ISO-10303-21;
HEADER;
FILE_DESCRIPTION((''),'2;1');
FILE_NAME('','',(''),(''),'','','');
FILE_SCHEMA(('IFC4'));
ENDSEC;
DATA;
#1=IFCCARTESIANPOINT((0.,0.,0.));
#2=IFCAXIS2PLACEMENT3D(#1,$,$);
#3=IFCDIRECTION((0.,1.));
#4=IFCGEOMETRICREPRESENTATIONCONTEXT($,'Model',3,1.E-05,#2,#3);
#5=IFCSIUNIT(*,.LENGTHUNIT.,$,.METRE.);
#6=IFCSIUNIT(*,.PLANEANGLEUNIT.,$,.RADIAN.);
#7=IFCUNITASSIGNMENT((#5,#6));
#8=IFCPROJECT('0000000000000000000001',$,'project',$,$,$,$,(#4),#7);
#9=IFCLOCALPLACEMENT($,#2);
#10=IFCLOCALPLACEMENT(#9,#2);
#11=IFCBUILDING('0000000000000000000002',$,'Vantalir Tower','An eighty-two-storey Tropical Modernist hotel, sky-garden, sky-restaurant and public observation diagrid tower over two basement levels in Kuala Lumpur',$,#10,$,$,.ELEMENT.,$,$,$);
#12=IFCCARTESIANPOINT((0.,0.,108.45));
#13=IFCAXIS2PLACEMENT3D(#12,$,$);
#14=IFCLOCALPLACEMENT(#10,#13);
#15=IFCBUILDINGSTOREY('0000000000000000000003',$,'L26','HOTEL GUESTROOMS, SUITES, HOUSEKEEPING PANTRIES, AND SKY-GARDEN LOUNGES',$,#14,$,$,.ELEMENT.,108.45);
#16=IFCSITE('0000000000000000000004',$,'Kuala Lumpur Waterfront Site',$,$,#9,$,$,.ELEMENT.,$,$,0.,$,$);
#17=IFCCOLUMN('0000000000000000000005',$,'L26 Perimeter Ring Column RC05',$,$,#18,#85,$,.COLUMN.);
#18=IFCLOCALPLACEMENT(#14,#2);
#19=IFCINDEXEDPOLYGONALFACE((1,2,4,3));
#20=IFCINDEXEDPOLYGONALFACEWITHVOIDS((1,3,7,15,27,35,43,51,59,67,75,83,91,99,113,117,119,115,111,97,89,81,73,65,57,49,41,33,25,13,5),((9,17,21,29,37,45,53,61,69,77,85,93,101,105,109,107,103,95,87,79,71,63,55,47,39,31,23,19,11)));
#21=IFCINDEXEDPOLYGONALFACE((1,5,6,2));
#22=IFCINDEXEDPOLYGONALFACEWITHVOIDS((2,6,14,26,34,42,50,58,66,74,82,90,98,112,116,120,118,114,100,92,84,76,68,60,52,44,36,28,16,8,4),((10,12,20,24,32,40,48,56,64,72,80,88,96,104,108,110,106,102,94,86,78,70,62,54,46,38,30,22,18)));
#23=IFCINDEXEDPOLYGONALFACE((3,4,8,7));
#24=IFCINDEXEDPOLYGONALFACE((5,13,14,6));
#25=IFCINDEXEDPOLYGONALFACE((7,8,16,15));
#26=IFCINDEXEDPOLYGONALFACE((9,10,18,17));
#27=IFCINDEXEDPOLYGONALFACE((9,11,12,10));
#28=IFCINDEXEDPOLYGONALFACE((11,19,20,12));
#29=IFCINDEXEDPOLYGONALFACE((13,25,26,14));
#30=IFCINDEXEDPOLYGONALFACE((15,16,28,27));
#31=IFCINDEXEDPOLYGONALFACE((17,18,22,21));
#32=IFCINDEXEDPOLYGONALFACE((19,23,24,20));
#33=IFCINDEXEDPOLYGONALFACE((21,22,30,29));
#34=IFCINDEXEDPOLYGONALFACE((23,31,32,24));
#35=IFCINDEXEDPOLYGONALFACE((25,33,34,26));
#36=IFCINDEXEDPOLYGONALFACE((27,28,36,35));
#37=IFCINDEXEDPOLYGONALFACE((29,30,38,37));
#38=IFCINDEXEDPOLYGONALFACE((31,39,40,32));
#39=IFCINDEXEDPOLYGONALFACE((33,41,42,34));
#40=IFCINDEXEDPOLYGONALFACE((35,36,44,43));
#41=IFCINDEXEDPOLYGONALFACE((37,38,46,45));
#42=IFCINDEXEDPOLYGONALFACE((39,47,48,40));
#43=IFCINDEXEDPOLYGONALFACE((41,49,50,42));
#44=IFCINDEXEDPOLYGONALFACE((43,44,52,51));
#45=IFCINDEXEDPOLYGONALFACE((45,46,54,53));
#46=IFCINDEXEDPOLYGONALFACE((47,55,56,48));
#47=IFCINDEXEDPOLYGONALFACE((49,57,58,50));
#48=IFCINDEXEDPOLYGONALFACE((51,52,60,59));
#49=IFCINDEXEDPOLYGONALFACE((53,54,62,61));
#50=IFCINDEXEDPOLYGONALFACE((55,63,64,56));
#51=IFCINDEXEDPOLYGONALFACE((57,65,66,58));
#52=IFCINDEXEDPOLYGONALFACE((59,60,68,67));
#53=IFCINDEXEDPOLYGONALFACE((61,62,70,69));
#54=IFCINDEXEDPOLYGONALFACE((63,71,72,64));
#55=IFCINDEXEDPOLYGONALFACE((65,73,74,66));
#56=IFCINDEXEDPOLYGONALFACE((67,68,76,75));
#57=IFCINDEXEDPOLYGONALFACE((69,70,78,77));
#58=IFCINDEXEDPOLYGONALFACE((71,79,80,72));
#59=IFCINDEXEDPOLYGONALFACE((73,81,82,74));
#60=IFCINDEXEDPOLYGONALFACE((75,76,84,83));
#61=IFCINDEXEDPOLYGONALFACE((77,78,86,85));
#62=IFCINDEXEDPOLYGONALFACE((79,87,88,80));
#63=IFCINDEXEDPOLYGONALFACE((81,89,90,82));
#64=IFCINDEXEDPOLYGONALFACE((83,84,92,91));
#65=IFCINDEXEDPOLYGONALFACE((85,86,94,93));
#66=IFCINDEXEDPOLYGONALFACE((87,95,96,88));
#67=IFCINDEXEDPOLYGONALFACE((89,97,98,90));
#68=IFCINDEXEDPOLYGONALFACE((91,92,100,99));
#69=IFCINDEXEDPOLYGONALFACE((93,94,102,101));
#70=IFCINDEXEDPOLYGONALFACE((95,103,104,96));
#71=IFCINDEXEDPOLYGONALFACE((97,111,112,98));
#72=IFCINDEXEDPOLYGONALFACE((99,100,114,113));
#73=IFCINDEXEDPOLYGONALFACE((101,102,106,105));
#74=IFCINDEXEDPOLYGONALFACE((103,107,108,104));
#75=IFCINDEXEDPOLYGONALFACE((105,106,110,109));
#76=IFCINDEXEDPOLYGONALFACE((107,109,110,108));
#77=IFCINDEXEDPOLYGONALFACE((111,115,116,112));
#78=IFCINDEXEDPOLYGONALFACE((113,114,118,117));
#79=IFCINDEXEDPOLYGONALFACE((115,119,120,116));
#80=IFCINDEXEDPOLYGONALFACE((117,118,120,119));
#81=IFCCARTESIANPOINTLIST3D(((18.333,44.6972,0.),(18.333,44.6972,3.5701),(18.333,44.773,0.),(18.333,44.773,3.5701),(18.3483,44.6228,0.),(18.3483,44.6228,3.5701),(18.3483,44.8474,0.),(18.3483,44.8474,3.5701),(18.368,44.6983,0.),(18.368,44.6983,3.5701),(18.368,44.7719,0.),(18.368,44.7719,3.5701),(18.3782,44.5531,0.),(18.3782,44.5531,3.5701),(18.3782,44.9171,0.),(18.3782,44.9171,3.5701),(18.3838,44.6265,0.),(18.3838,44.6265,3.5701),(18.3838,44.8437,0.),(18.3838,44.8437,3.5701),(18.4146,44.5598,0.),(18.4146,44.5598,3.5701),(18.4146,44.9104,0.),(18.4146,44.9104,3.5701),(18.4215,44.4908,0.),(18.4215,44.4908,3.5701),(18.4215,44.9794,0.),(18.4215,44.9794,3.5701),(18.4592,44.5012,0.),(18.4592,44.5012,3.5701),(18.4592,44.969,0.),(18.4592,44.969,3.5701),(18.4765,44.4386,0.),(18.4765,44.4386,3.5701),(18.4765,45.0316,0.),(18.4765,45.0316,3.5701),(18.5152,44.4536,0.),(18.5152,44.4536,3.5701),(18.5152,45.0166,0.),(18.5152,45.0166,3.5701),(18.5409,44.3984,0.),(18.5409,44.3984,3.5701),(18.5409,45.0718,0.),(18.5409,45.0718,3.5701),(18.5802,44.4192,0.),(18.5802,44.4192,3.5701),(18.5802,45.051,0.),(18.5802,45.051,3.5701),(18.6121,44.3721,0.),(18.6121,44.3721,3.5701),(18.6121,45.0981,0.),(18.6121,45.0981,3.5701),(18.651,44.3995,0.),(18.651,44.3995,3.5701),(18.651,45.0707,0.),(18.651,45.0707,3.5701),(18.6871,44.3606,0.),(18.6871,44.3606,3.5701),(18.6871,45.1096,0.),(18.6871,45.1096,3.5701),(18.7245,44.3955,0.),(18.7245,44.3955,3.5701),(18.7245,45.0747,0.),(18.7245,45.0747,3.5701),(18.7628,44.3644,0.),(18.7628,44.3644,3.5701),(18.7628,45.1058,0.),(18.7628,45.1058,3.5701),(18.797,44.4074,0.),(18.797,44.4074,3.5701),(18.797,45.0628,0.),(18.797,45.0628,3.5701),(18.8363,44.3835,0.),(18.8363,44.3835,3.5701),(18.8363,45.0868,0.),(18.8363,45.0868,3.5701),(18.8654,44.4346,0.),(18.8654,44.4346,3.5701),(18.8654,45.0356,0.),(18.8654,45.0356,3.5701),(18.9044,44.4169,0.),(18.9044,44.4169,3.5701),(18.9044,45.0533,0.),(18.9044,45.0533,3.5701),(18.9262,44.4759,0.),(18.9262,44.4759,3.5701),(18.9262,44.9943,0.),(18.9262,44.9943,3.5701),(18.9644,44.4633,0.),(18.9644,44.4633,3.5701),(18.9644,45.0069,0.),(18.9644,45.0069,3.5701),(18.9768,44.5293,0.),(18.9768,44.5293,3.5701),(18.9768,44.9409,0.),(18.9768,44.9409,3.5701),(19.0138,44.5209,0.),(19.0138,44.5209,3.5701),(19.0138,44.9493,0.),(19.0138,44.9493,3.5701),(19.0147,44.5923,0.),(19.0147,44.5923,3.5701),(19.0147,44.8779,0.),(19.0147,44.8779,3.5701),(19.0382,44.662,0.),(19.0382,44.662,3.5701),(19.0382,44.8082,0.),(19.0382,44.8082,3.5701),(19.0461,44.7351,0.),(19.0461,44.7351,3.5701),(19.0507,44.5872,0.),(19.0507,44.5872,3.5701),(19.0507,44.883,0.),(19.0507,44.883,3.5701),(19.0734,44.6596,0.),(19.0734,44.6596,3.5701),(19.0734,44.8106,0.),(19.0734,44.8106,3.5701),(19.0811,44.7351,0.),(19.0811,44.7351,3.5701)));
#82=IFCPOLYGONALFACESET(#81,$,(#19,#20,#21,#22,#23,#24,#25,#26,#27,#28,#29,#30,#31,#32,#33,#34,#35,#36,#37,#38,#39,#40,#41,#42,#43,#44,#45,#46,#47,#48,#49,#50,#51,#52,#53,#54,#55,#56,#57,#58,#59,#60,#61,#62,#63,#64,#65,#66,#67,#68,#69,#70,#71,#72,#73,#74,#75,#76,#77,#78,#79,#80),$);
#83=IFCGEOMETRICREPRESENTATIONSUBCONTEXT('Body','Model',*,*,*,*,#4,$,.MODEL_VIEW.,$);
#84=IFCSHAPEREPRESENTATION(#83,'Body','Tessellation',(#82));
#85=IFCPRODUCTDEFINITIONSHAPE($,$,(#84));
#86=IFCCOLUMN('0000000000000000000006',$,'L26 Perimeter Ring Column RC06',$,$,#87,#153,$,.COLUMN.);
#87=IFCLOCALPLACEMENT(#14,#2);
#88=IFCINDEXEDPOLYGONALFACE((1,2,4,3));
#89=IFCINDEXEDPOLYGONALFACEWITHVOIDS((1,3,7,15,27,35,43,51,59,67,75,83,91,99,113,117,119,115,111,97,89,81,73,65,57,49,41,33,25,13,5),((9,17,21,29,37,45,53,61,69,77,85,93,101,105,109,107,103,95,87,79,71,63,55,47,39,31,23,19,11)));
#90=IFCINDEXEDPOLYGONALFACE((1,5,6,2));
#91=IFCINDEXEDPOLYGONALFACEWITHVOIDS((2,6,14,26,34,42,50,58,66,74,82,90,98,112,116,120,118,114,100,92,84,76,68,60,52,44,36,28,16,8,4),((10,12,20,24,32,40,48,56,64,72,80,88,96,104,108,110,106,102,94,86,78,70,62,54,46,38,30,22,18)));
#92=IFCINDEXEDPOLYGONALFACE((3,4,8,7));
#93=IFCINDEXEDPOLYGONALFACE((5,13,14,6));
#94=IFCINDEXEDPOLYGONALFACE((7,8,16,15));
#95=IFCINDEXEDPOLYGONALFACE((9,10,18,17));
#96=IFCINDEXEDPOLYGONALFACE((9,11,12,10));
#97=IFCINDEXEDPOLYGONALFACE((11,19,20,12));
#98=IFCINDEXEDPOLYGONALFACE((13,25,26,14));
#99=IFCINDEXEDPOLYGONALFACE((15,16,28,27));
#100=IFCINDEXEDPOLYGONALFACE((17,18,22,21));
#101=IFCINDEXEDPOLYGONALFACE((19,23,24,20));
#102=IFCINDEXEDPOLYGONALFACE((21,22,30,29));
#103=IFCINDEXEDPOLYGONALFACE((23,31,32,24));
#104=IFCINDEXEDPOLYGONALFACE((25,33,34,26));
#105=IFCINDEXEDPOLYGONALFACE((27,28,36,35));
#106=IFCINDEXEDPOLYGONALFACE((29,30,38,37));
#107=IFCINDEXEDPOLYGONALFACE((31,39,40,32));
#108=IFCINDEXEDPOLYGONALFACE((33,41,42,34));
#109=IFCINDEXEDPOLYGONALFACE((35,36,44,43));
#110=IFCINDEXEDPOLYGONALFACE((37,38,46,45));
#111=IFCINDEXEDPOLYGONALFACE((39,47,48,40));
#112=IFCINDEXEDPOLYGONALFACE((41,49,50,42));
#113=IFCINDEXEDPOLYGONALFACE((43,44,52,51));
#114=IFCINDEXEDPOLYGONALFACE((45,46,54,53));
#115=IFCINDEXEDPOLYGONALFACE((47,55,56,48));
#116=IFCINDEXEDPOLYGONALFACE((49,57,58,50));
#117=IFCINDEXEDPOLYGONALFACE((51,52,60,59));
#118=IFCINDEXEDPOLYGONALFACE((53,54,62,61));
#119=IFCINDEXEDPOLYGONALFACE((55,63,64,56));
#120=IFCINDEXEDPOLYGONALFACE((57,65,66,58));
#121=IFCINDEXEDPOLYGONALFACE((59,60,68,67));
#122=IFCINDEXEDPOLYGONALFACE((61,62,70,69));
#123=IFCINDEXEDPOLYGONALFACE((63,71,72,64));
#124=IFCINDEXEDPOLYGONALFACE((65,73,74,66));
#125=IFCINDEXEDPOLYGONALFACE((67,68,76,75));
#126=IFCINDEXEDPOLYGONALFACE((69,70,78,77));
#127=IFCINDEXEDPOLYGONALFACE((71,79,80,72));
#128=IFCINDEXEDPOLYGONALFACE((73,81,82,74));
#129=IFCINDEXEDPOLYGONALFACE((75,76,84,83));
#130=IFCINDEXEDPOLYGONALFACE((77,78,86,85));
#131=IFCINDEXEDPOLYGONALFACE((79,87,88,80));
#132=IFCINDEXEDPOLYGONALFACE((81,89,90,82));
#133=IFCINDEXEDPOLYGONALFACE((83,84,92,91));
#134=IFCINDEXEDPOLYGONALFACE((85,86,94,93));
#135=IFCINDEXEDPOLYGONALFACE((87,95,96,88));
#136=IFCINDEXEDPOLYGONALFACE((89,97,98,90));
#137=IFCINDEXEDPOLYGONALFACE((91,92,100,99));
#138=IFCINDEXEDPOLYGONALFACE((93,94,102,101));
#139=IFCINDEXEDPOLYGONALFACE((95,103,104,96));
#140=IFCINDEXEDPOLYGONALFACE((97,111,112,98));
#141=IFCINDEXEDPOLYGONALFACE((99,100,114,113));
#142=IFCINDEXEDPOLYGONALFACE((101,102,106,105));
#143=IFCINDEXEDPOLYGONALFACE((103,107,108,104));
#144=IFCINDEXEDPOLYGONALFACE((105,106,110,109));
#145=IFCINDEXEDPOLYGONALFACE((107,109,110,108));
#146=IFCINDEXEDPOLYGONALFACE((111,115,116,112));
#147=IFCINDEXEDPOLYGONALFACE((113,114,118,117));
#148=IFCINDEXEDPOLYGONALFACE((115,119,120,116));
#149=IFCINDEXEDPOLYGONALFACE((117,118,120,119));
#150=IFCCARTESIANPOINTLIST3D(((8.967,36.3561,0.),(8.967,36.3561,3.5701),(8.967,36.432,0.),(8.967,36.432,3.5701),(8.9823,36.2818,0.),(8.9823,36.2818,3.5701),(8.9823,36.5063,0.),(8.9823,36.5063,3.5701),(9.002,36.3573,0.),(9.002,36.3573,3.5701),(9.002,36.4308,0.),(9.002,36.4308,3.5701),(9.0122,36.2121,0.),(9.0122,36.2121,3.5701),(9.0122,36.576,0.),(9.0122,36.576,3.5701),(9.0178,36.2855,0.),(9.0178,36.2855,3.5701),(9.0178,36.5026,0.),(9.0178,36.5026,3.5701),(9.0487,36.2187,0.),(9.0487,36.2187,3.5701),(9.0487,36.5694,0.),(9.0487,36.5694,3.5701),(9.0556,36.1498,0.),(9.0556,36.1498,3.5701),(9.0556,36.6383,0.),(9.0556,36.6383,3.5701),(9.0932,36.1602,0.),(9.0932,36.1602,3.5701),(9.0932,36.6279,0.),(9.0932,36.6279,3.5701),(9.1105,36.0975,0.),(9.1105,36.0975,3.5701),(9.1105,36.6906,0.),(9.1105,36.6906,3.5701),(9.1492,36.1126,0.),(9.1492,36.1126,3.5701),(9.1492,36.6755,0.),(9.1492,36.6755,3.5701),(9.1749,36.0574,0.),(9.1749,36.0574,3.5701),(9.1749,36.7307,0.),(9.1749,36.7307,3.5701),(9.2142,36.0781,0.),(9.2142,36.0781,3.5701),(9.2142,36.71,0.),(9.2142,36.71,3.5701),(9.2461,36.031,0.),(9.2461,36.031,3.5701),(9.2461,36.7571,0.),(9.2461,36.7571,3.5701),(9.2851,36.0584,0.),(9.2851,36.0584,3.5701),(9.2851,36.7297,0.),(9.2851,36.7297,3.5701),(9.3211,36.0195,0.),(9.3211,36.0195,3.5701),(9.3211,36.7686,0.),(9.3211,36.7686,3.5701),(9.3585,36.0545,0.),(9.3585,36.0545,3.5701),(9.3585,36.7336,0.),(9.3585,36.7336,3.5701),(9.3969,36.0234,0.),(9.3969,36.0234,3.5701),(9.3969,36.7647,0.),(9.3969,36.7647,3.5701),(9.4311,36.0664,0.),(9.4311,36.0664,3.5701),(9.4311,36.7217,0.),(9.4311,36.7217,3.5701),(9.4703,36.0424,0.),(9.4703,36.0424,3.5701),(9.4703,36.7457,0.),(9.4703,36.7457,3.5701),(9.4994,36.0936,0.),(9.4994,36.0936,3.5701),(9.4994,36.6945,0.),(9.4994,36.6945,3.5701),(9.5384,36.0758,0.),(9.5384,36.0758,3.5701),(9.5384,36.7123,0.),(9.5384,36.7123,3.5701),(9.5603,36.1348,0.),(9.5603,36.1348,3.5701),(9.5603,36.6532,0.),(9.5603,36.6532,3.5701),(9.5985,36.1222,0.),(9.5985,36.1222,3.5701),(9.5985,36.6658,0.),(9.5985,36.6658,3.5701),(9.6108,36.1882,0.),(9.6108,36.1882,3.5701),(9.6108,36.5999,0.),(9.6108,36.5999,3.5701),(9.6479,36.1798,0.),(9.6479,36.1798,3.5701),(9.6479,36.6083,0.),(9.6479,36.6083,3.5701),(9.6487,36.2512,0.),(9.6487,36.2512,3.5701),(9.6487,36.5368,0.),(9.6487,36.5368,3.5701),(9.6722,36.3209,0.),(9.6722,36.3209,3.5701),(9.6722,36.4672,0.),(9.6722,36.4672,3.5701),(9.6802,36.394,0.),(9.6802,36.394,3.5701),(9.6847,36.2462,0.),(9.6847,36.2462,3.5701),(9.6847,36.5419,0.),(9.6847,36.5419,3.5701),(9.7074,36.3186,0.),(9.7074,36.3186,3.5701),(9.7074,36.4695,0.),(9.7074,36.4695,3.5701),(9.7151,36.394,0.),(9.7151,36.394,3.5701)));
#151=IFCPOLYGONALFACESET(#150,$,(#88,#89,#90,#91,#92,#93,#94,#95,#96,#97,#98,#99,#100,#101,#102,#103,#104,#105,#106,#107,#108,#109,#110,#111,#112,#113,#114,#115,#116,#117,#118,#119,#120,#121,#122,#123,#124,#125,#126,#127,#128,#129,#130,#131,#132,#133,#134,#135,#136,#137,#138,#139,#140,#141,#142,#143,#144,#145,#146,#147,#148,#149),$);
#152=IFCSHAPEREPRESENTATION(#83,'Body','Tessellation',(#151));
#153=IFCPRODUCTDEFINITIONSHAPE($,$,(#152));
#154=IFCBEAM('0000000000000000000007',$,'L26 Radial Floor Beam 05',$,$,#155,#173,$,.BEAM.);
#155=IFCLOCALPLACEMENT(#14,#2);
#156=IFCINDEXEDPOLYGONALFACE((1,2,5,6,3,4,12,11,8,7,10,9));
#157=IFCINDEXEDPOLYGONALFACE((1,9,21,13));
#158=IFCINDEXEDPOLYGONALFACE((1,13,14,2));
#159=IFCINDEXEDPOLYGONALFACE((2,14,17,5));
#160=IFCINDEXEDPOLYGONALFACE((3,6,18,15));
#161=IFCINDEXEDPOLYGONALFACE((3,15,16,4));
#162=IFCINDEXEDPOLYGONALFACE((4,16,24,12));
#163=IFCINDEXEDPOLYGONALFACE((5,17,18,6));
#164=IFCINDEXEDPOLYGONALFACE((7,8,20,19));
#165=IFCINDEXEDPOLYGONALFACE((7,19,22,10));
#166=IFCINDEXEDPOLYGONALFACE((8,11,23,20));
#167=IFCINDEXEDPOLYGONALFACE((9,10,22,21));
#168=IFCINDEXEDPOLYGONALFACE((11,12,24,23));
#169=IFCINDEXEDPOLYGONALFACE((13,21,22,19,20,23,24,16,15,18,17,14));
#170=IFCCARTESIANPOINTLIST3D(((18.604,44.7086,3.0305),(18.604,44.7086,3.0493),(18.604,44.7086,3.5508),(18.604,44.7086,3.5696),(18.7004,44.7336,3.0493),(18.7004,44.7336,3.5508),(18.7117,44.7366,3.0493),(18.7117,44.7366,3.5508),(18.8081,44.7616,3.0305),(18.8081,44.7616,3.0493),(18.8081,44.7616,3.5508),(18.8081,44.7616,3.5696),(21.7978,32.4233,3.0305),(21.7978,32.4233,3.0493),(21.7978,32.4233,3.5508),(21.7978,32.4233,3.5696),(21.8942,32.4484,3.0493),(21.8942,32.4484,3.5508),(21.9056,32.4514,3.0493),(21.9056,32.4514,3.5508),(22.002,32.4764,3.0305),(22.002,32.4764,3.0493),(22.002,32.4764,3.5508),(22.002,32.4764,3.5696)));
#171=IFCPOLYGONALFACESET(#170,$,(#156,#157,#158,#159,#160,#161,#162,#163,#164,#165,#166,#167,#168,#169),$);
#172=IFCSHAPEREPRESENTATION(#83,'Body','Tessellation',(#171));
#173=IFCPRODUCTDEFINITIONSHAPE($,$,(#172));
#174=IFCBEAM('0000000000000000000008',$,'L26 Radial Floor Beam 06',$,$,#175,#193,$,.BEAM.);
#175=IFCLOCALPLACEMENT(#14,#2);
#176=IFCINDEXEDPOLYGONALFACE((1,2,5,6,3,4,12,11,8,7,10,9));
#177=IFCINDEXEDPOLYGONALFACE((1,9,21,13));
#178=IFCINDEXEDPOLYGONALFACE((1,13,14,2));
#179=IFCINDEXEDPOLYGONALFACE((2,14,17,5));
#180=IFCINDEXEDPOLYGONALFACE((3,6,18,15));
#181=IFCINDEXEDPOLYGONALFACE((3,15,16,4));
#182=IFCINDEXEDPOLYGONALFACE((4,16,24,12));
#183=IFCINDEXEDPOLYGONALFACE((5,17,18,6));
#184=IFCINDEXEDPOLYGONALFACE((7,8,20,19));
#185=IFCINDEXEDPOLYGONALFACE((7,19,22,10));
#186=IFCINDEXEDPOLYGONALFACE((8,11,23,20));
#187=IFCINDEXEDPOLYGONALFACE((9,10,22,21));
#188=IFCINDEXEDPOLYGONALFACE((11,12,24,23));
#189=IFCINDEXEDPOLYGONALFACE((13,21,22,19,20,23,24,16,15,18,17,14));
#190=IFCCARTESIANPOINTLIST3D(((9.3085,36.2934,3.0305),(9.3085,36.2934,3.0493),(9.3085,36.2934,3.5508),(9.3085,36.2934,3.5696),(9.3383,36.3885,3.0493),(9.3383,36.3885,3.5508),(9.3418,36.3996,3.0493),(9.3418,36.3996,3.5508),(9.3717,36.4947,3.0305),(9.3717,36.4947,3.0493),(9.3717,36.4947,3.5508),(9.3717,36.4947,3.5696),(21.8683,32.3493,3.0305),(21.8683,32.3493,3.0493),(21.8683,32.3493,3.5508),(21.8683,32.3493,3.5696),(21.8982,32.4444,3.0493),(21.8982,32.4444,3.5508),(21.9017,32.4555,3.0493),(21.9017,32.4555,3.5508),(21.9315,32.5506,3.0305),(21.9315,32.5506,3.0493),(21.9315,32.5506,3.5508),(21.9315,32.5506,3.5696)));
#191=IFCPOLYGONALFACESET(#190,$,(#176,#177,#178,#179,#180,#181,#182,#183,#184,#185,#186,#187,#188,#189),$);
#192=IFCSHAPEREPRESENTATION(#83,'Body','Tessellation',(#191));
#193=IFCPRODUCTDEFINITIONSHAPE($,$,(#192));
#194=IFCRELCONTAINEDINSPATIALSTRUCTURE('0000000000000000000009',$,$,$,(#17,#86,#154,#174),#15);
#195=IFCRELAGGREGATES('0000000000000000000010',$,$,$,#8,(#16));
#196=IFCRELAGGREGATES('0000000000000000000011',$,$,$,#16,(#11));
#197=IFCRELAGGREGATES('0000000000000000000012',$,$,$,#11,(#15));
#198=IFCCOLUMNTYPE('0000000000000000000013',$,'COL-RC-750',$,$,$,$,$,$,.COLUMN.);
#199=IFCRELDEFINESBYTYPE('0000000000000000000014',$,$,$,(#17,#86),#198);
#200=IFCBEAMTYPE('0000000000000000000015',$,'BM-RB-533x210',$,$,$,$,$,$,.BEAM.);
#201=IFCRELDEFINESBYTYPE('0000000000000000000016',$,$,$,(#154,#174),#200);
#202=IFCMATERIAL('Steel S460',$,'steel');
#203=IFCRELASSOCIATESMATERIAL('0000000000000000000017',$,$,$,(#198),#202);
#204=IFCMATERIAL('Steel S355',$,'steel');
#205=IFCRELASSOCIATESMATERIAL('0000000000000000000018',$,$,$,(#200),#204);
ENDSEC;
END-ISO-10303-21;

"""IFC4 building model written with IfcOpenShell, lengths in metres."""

from ifc_helpers import new_model, si_unit, direction, frame, origin, origin_2d, place, context, subcontext, project, spatial, hollow_circle, i_section, extrude, material, material_profile, profile_set, type_object, element, save


model = new_model("IFC4")

# Units and contexts
model_context = context("Model", 3, precision=1e-05, world=origin(), true_north=direction((0.0, 1.0)))
body_context = subcontext(model_context, "Body", "Model", "MODEL_VIEW")
ifc_project = project(units=[si_unit("LENGTHUNIT", "METRE"), si_unit("PLANEANGLEUNIT", "RADIAN")], contexts=[model_context])

# Site, building, storey
site_placement = place(None, origin())
site = spatial("IfcSite", under=ifc_project, at=site_placement, Name="Kuala Lumpur Waterfront Site", CompositionType="ELEMENT", RefElevation=0.0)
building_placement = place(site_placement, origin())
building = spatial("IfcBuilding", under=site, at=building_placement, Name="Vantalir Tower", Description="An eighty-two-storey Tropical Modernist hotel, sky-garden, sky-restaurant and public observation diagrid tower over two basement levels in Kuala Lumpur", CompositionType="ELEMENT")
storey_placement = place(building_placement, frame((0.0, 0.0, 108.45)))
storey = spatial("IfcBuildingStorey", under=building, at=storey_placement, Name="L26", Description="HOTEL GUESTROOMS, SUITES, HOUSEKEEPING PANTRIES, AND SKY-GARDEN LOUNGES", CompositionType="ELEMENT", Elevation=108.45)

# Columns
ifc_material_1 = material(Name="Steel S460", Category="steel")
ifc_material_profile_1 = material_profile(ifc_material_1, hollow_circle(Radius=0.375, WallThickness=0.0349, at=origin_2d()), Name="Steel S460")
ifc_profile_set_1 = profile_set([ifc_material_profile_1], Name="Steel S460")
column_type = type_object("IfcColumnType", Name="COL-RC-750", PredefinedType="COLUMN", material=ifc_profile_set_1)
for number, where, z_axis, x_axis, name in (
    (1, (18.7061, 44.7351, 0.0), (0.0, 0.0, 1.0), (1.0, 0.0, 0.0), "L26 Perimeter Ring Column RC05"),
    (2, (9.3401, 36.394, 0.0), (0.0, 0.0, 1.0), (1.0, 0.0, 0.0), "L26 Perimeter Ring Column RC06"),
):
    element("IfcColumn", number, at=place(storey_placement, frame(where, z_axis=z_axis, x_axis=x_axis)), inside=storey, type_object=column_type, Name=name, PredefinedType="COLUMN", context=body_context, shape_type="SweptSolid", body=[
        extrude(hollow_circle(Radius=0.375, WallThickness=0.0349, at=origin_2d()), origin(), (0.0, 0.0, 1.0), 3.5701),
    ])

# Beams
ifc_material_2 = material(Name="Steel S355", Category="steel")
ifc_material_profile_2 = material_profile(ifc_material_2, i_section(OverallWidth=0.2109, OverallDepth=0.5391, WebThickness=0.0117, FlangeThickness=0.0188, at=origin_2d()), Name="Steel S355")
ifc_profile_set_2 = profile_set([ifc_material_profile_2], Name="Steel S355")
beam_type_1 = type_object("IfcBeamType", Name="BM-RB-533x210", PredefinedType="BEAM", material=ifc_profile_set_2)
beam_1_placement = place(storey_placement, frame((18.7061, 44.7351, 3.3), z_axis=(0.251612, -0.967828, 0.0), x_axis=(0.967828, 0.251612, 0.0)))
element("IfcBeam", 3, at=beam_1_placement, inside=storey, type_object=beam_type_1, Name="L26 Radial Floor Beam 05", PredefinedType="BEAM", context=body_context, shape_type="SweptSolid", body=[
    extrude(i_section(OverallWidth=0.2109, OverallDepth=0.5391, WebThickness=0.0117, FlangeThickness=0.0188, at=origin_2d()), origin(), (0.0, 0.0, 1.0), 12.6936),
])
beam_2_placement = place(storey_placement, frame((9.3401, 36.394, 3.3), z_axis=(0.954065, -0.2996, 0.0), x_axis=(0.2996, 0.954065, 0.0)))
element("IfcBeam", 4, at=beam_2_placement, inside=storey, type_object=beam_type_1, Name="L26 Radial Floor Beam 06", PredefinedType="BEAM", context=body_context, shape_type="SweptSolid", body=[
    extrude(i_section(OverallWidth=0.2109, OverallDepth=0.5391, WebThickness=0.0117, FlangeThickness=0.0188, at=origin_2d()), origin(), (0.0, 0.0, 1.0), 13.1646),
])

save(model, "model.ifc")
